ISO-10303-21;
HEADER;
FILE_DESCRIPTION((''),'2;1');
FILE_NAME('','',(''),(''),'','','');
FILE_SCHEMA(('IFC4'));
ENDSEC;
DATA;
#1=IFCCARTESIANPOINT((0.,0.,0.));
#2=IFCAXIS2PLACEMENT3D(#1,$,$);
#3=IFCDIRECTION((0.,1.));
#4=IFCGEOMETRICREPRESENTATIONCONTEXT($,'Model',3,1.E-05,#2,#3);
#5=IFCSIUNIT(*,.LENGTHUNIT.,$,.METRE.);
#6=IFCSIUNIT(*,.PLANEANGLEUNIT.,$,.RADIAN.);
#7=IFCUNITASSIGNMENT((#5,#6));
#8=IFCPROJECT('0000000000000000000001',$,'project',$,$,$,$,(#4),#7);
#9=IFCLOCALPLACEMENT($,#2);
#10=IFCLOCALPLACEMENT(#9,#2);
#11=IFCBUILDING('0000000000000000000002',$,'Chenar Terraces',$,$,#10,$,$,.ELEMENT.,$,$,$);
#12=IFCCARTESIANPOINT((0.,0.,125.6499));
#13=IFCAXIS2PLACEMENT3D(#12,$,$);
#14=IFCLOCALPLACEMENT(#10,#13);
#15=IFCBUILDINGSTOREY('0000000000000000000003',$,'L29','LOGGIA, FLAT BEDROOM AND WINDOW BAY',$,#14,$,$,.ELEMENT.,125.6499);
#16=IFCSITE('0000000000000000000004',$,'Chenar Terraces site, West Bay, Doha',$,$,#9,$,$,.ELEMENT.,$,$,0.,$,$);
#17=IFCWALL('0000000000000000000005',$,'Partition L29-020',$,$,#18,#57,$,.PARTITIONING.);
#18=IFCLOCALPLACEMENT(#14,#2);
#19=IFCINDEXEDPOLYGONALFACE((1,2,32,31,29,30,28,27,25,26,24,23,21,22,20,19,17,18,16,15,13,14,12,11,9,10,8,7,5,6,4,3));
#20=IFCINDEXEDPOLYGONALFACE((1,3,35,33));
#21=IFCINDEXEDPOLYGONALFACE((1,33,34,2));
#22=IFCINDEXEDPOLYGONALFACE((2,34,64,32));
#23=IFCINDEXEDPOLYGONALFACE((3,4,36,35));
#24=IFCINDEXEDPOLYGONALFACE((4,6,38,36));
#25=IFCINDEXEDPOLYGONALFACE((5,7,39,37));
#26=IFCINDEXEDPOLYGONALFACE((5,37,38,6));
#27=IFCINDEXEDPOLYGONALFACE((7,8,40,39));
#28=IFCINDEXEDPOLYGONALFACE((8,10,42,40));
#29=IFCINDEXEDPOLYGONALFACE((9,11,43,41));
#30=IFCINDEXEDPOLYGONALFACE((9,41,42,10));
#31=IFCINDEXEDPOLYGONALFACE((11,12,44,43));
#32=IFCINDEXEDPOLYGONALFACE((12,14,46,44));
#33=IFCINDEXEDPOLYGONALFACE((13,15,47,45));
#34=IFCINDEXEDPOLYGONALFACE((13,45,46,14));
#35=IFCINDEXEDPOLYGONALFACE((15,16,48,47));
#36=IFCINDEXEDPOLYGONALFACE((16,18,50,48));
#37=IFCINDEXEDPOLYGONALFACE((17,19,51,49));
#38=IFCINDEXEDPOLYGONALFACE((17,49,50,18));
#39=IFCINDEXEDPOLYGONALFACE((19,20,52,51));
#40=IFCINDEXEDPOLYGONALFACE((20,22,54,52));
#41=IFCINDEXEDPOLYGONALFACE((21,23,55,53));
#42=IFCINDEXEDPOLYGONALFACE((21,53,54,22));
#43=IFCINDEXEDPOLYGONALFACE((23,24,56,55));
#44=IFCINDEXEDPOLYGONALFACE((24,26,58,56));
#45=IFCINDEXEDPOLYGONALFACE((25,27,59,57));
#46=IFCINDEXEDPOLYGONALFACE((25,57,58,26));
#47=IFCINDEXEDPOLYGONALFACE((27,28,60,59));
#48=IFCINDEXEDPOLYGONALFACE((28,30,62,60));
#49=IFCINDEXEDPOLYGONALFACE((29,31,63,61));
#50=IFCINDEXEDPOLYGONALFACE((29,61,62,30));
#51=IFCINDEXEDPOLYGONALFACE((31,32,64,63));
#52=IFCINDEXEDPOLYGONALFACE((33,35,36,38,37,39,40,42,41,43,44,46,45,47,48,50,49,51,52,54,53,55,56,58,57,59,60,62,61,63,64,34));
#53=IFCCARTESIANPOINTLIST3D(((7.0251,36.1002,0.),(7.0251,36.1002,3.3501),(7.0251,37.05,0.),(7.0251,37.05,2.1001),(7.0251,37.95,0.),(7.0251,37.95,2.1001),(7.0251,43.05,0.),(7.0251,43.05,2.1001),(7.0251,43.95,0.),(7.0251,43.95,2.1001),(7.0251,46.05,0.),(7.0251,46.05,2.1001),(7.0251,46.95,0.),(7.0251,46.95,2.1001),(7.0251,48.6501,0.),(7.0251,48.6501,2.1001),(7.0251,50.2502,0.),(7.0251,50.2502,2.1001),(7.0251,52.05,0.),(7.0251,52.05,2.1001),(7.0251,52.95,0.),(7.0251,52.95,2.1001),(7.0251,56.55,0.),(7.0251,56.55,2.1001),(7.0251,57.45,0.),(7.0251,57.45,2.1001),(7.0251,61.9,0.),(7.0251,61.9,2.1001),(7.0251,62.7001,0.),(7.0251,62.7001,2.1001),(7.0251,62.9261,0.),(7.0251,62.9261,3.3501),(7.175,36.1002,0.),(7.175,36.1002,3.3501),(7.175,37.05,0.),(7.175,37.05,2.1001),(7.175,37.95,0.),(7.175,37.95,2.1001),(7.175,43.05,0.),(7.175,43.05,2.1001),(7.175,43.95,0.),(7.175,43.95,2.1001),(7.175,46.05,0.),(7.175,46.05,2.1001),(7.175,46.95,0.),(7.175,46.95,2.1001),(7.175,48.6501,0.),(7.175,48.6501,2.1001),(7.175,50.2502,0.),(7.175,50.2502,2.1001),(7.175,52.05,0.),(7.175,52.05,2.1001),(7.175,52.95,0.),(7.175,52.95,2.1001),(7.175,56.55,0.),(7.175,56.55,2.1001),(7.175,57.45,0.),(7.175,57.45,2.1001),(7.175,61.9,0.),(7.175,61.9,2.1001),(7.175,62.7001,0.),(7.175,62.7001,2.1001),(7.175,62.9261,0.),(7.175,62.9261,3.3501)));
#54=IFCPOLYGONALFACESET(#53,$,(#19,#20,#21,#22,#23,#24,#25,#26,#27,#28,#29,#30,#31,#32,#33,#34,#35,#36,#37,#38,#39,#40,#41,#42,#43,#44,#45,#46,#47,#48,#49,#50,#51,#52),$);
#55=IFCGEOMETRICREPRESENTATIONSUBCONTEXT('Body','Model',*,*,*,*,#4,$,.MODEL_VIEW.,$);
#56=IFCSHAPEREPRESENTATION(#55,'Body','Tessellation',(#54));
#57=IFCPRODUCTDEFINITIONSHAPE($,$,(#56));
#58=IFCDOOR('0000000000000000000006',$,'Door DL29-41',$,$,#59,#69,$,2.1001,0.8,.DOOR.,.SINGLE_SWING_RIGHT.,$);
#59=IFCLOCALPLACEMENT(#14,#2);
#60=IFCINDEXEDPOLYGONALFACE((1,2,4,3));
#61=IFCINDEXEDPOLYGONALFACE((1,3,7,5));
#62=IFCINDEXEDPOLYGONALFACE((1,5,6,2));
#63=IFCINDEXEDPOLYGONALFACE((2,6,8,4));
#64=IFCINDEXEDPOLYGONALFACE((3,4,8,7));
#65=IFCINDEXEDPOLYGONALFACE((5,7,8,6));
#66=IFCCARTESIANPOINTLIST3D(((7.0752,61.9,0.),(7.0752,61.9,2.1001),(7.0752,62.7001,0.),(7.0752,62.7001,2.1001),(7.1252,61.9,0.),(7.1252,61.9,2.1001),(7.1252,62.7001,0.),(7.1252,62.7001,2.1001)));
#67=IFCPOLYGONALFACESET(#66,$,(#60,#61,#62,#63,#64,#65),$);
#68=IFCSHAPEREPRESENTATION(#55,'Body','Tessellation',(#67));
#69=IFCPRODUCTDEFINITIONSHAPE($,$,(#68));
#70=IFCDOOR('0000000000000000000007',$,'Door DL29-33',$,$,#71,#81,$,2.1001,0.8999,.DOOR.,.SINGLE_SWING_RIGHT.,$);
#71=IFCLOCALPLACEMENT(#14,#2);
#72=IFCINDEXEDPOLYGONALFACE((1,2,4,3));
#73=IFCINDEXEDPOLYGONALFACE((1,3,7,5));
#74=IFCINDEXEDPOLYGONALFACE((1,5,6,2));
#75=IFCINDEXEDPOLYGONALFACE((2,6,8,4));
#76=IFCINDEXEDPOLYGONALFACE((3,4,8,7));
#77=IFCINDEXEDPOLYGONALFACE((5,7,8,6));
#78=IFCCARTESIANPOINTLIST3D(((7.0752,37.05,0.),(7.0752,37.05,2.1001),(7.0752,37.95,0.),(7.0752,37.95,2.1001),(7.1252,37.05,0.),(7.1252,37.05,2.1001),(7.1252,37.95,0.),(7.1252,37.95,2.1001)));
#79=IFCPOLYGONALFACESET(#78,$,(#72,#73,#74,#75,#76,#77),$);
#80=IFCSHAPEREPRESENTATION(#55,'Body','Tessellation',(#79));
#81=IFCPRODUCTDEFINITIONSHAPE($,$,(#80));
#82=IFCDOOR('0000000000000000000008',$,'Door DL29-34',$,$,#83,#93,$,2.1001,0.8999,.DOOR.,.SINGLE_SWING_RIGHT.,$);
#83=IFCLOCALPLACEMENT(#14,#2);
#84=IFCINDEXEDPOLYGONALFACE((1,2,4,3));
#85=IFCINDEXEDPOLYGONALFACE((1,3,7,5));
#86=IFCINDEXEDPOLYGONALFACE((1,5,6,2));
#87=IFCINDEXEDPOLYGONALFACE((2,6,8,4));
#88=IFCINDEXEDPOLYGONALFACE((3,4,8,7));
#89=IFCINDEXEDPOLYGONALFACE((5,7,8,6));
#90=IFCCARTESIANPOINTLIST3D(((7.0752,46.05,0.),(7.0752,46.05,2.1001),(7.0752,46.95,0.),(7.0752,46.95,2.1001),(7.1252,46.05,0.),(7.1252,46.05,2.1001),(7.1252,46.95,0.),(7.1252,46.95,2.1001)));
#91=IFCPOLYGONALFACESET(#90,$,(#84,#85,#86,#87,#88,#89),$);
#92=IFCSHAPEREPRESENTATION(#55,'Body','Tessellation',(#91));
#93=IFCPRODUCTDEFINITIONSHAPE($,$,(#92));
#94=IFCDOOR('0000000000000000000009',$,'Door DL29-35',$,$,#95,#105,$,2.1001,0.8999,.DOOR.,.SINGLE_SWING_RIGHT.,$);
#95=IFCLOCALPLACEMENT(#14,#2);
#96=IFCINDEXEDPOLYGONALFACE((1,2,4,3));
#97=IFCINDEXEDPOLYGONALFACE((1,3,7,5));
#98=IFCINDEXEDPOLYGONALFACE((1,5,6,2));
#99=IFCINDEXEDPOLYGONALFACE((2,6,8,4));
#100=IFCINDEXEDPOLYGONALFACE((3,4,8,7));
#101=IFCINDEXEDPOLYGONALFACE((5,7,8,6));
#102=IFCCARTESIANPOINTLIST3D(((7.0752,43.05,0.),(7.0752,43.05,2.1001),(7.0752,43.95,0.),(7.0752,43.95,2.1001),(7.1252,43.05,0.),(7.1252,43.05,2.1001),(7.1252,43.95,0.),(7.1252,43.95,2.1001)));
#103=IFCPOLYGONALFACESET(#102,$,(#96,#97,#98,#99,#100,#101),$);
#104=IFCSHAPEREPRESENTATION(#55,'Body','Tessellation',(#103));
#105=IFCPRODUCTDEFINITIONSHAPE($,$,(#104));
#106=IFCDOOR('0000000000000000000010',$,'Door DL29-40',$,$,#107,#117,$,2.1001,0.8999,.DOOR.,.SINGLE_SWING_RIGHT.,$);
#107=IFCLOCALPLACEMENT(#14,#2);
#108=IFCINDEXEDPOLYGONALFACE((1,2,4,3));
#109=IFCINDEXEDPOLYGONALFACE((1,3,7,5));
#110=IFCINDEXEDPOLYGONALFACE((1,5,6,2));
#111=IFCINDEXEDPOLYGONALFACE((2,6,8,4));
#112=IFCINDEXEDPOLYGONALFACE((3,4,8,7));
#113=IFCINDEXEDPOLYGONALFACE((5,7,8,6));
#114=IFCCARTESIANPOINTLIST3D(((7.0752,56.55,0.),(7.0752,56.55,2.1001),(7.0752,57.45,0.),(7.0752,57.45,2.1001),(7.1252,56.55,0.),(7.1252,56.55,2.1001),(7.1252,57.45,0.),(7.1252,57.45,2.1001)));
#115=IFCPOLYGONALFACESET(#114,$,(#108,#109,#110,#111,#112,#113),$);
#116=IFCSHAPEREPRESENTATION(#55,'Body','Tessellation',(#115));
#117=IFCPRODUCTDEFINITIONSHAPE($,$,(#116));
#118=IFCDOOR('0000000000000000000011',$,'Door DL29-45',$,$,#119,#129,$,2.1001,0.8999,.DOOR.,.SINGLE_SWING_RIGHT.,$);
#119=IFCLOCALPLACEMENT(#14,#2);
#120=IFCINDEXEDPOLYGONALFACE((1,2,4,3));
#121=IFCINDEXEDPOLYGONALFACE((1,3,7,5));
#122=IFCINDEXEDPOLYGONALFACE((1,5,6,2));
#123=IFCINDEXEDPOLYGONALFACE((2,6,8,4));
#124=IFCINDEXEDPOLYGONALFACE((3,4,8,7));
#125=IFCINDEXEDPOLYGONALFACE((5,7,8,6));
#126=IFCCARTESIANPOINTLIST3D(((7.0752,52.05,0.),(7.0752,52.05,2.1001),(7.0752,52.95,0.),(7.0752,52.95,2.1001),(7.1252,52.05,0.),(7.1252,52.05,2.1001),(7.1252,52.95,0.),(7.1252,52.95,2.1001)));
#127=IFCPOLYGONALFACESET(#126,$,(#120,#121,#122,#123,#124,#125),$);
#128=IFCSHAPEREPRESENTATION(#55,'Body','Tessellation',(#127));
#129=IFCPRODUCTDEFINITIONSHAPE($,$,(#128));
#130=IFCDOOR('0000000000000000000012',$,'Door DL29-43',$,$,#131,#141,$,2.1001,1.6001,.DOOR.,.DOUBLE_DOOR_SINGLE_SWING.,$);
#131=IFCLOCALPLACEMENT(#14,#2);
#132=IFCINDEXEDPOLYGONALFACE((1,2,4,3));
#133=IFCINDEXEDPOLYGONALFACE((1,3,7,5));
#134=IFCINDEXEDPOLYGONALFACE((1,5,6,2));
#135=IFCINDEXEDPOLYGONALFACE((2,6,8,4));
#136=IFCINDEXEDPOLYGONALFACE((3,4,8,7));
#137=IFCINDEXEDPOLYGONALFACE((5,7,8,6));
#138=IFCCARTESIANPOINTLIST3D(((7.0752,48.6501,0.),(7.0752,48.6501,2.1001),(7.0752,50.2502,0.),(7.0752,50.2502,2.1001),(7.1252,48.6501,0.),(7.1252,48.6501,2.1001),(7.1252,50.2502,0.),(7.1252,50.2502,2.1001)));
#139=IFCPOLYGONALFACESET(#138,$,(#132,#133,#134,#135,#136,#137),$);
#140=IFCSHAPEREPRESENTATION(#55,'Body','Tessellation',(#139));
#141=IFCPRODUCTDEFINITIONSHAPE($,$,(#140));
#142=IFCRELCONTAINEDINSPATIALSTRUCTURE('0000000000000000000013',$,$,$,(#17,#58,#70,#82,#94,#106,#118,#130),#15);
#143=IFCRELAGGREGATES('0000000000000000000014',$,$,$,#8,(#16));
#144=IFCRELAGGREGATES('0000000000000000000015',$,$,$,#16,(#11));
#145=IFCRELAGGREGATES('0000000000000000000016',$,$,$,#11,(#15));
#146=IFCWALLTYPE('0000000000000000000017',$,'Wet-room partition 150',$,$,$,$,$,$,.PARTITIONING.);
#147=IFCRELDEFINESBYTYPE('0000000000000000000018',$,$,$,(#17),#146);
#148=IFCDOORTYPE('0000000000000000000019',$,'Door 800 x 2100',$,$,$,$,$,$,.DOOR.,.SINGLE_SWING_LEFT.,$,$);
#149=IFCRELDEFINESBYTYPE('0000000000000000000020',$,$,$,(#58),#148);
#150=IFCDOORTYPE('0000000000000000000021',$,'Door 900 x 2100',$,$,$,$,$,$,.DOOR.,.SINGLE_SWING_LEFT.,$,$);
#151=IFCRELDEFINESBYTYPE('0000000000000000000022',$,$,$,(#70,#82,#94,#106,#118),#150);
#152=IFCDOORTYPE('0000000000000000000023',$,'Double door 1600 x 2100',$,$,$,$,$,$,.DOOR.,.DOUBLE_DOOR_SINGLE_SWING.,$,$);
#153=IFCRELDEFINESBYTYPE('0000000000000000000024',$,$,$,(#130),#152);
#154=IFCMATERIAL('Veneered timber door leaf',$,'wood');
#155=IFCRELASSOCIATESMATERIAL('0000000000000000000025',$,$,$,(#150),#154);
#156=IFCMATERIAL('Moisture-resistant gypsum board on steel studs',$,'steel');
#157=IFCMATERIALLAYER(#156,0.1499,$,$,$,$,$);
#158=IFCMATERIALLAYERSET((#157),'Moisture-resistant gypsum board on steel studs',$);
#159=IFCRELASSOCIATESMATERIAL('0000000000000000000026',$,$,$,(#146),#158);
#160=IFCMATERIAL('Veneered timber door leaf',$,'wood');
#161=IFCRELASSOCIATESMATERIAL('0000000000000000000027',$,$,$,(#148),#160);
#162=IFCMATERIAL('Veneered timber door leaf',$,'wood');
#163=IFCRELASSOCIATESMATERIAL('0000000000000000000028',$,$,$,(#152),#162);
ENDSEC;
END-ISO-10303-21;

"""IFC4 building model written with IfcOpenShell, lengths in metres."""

from ifc_helpers import new_model, si_unit, direction, frame, frame_2d, origin, place, context, subcontext, project, spatial, rectangle, extrude, material, layer, layer_set, type_object, element, fill, save


model = new_model("IFC4")

# Units and contexts
model_context = context("Model", 3, precision=1e-05, world=origin(), true_north=direction((0.0, 1.0)))
body_context = subcontext(model_context, "Body", "Model", "MODEL_VIEW")
ifc_project = project(units=[si_unit("LENGTHUNIT", "METRE"), si_unit("PLANEANGLEUNIT", "RADIAN")], contexts=[model_context])

# Site, building, storey
site_placement = place(None, origin())
site = spatial("IfcSite", under=ifc_project, at=site_placement, Name="Chenar Terraces site, West Bay, Doha", CompositionType="ELEMENT", RefElevation=0.0)
building_placement = place(site_placement, origin())
building = spatial("IfcBuilding", under=site, at=building_placement, Name="Chenar Terraces", CompositionType="ELEMENT")
storey_placement = place(building_placement, frame((0.0, 0.0, 125.6499)))
storey = spatial("IfcBuildingStorey", under=building, at=storey_placement, Name="L29", Description="LOGGIA, FLAT BEDROOM AND WINDOW BAY", CompositionType="ELEMENT", Elevation=125.6499)

# Shared definitions
ifc_material_1 = material(Name="Veneered timber door leaf", Category="wood")
door_type_1 = type_object("IfcDoorType", Name="Door 900 x 2100", OperationType="SINGLE_SWING_LEFT", PredefinedType="DOOR", material=ifc_material_1)

# Shared definitions
ifc_material_2 = material(Name="Moisture-resistant gypsum board on steel studs", Category="steel")
ifc_layer_1 = layer(ifc_material_2, 0.1499)
ifc_layer_set_1 = layer_set([ifc_layer_1], Name="Moisture-resistant gypsum board on steel studs")
wall_type_1 = type_object("IfcWallType", Name="Wet-room partition 150", PredefinedType="PARTITIONING", material=ifc_layer_set_1)

# Wall, openings, doors
wall_1_placement = place(storey_placement, frame((7.1001, 36.1001, 0.0), z_axis=(0.0, 0.0, 1.0), x_axis=(0.0, 1.0, 0.0)))
wall_1 = element("IfcWall", 1, at=wall_1_placement, inside=storey, type_object=wall_type_1, Name="Partition L29-020", PredefinedType="PARTITIONING", context=body_context, shape_type="SweptSolid", body=[
    extrude(rectangle(XDim=26.8259, YDim=0.1499, at=frame_2d((13.4131, 0.0))), origin(), (0.0, 0.0, 1.0), 3.3501),
])
opening_1_placement = place(wall_1_placement, frame((0.95, 0.0, 0.0)))
opening_1 = element("IfcOpeningElement", 2, at=opening_1_placement, cuts=wall_1, PredefinedType="OPENING", context=body_context, shape_type="SweptSolid", body=[
    extrude(rectangle(XDim=0.8999, YDim=2.1001, at=frame_2d((0.45, 1.05))), frame((0.0, 0.085, 0.0), z_axis=(0.0, -1.0, 0.0), x_axis=(1.0, 0.0, 0.0)), (0.0, 0.0, 1.0), 0.1699),
])
opening_2_placement = place(wall_1_placement, frame((9.95, 0.0, 0.0)))
opening_2 = element("IfcOpeningElement", 3, at=opening_2_placement, cuts=wall_1, PredefinedType="OPENING", context=body_context, shape_type="SweptSolid", body=[
    extrude(rectangle(XDim=0.8999, YDim=2.1001, at=frame_2d((0.45, 1.05))), frame((0.0, 0.085, 0.0), z_axis=(0.0, -1.0, 0.0), x_axis=(1.0, 0.0, 0.0)), (0.0, 0.0, 1.0), 0.1699),
])
opening_3_placement = place(wall_1_placement, frame((6.95, 0.0, 0.0)))
opening_3 = element("IfcOpeningElement", 4, at=opening_3_placement, cuts=wall_1, PredefinedType="OPENING", context=body_context, shape_type="SweptSolid", body=[
    extrude(rectangle(XDim=0.8999, YDim=2.1001, at=frame_2d((0.45, 1.05))), frame((0.0, 0.085, 0.0), z_axis=(0.0, -1.0, 0.0), x_axis=(1.0, 0.0, 0.0)), (0.0, 0.0, 1.0), 0.1699),
])
opening_4_placement = place(wall_1_placement, frame((20.45, 0.0, 0.0)))
opening_4 = element("IfcOpeningElement", 5, at=opening_4_placement, cuts=wall_1, PredefinedType="OPENING", context=body_context, shape_type="SweptSolid", body=[
    extrude(rectangle(XDim=0.8999, YDim=2.1001, at=frame_2d((0.45, 1.05))), frame((0.0, 0.085, 0.0), z_axis=(0.0, -1.0, 0.0), x_axis=(1.0, 0.0, 0.0)), (0.0, 0.0, 1.0), 0.1699),
])
opening_5_placement = place(wall_1_placement, frame((25.8, 0.0, 0.0)))
opening_5 = element("IfcOpeningElement", 6, at=opening_5_placement, cuts=wall_1, PredefinedType="OPENING", context=body_context, shape_type="SweptSolid", body=[
    extrude(rectangle(XDim=0.8, YDim=2.1001, at=frame_2d((0.3999, 1.05))), frame((0.0, 0.085, 0.0), z_axis=(0.0, -1.0, 0.0), x_axis=(1.0, 0.0, 0.0)), (0.0, 0.0, 1.0), 0.1699),
])
opening_6_placement = place(wall_1_placement, frame((12.55, 0.0, 0.0)))
opening_6 = element("IfcOpeningElement", 7, at=opening_6_placement, cuts=wall_1, PredefinedType="OPENING", context=body_context, shape_type="SweptSolid", body=[
    extrude(rectangle(XDim=1.6001, YDim=2.1001, at=frame_2d((0.8, 1.05))), frame((0.0, 0.085, 0.0), z_axis=(0.0, -1.0, 0.0), x_axis=(1.0, 0.0, 0.0)), (0.0, 0.0, 1.0), 0.1699),
])
opening_7_placement = place(wall_1_placement, frame((15.95, 0.0, 0.0)))
opening_7 = element("IfcOpeningElement", 8, at=opening_7_placement, cuts=wall_1, PredefinedType="OPENING", context=body_context, shape_type="SweptSolid", body=[
    extrude(rectangle(XDim=0.8999, YDim=2.1001, at=frame_2d((0.45, 1.05))), frame((0.0, 0.085, 0.0), z_axis=(0.0, -1.0, 0.0), x_axis=(1.0, 0.0, 0.0)), (0.0, 0.0, 1.0), 0.1699),
])
ifc_material_3 = material(Name="Veneered timber door leaf", Category="wood")
door_type_2 = type_object("IfcDoorType", Name="Door 800 x 2100", OperationType="SINGLE_SWING_LEFT", PredefinedType="DOOR", material=ifc_material_3)
door_1_placement = place(opening_5_placement, origin())
door_1 = element("IfcDoor", 9, at=door_1_placement, inside=storey, type_object=door_type_2, Name="Door DL29-41", OperationType="SINGLE_SWING_RIGHT", OverallHeight=2.1001, OverallWidth=0.8, PredefinedType="DOOR", context=body_context, shape_type="SweptSolid", body=[
    extrude(rectangle(XDim=0.8, YDim=2.1001, at=frame_2d((0.3999, 1.05))), frame((0.0, 0.0249, 0.0), z_axis=(0.0, -1.0, 0.0), x_axis=(1.0, 0.0, 0.0)), (0.0, 0.0, 1.0), 0.05),
])
fill(opening_5, door_1)
door_2_placement = place(opening_1_placement, origin())
door_2 = element("IfcDoor", 10, at=door_2_placement, inside=storey, type_object=door_type_1, Name="Door DL29-33", OperationType="SINGLE_SWING_RIGHT", OverallHeight=2.1001, OverallWidth=0.8999, PredefinedType="DOOR", context=body_context, shape_type="SweptSolid", body=[
    extrude(rectangle(XDim=0.8999, YDim=2.1001, at=frame_2d((0.45, 1.05))), frame((0.0, 0.0249, 0.0), z_axis=(0.0, -1.0, 0.0), x_axis=(1.0, 0.0, 0.0)), (0.0, 0.0, 1.0), 0.05),
])
fill(opening_1, door_2)
door_3_placement = place(opening_2_placement, origin())
door_3 = element("IfcDoor", 11, at=door_3_placement, inside=storey, type_object=door_type_1, Name="Door DL29-34", OperationType="SINGLE_SWING_RIGHT", OverallHeight=2.1001, OverallWidth=0.8999, PredefinedType="DOOR", context=body_context, shape_type="SweptSolid", body=[
    extrude(rectangle(XDim=0.8999, YDim=2.1001, at=frame_2d((0.45, 1.05))), frame((0.0, 0.0249, 0.0), z_axis=(0.0, -1.0, 0.0), x_axis=(1.0, 0.0, 0.0)), (0.0, 0.0, 1.0), 0.05),
])
fill(opening_2, door_3)
door_4_placement = place(opening_3_placement, origin())
door_4 = element("IfcDoor", 12, at=door_4_placement, inside=storey, type_object=door_type_1, Name="Door DL29-35", OperationType="SINGLE_SWING_RIGHT", OverallHeight=2.1001, OverallWidth=0.8999, PredefinedType="DOOR", context=body_context, shape_type="SweptSolid", body=[
    extrude(rectangle(XDim=0.8999, YDim=2.1001, at=frame_2d((0.45, 1.05))), frame((0.0, 0.0249, 0.0), z_axis=(0.0, -1.0, 0.0), x_axis=(1.0, 0.0, 0.0)), (0.0, 0.0, 1.0), 0.05),
])
fill(opening_3, door_4)
door_5_placement = place(opening_4_placement, origin())
door_5 = element("IfcDoor", 13, at=door_5_placement, inside=storey, type_object=door_type_1, Name="Door DL29-40", OperationType="SINGLE_SWING_RIGHT", OverallHeight=2.1001, OverallWidth=0.8999, PredefinedType="DOOR", context=body_context, shape_type="SweptSolid", body=[
    extrude(rectangle(XDim=0.8999, YDim=2.1001, at=frame_2d((0.45, 1.05))), frame((0.0, 0.0249, 0.0), z_axis=(0.0, -1.0, 0.0), x_axis=(1.0, 0.0, 0.0)), (0.0, 0.0, 1.0), 0.05),
])
fill(opening_4, door_5)
door_6_placement = place(opening_7_placement, origin())
door_6 = element("IfcDoor", 14, at=door_6_placement, inside=storey, type_object=door_type_1, Name="Door DL29-45", OperationType="SINGLE_SWING_RIGHT", OverallHeight=2.1001, OverallWidth=0.8999, PredefinedType="DOOR", context=body_context, shape_type="SweptSolid", body=[
    extrude(rectangle(XDim=0.8999, YDim=2.1001, at=frame_2d((0.45, 1.05))), frame((0.0, 0.0249, 0.0), z_axis=(0.0, -1.0, 0.0), x_axis=(1.0, 0.0, 0.0)), (0.0, 0.0, 1.0), 0.05),
])
fill(opening_7, door_6)
ifc_material_4 = material(Name="Veneered timber door leaf", Category="wood")
door_type_3 = type_object("IfcDoorType", Name="Double door 1600 x 2100", OperationType="DOUBLE_DOOR_SINGLE_SWING", PredefinedType="DOOR", material=ifc_material_4)
door_7_placement = place(opening_6_placement, origin())
door_7 = element("IfcDoor", 15, at=door_7_placement, inside=storey, type_object=door_type_3, Name="Door DL29-43", OperationType="DOUBLE_DOOR_SINGLE_SWING", OverallHeight=2.1001, OverallWidth=1.6001, PredefinedType="DOOR", context=body_context, shape_type="SweptSolid", body=[
    extrude(rectangle(XDim=1.6001, YDim=2.1001, at=frame_2d((0.8, 1.05))), frame((0.0, 0.0249, 0.0), z_axis=(0.0, -1.0, 0.0), x_axis=(1.0, 0.0, 0.0)), (0.0, 0.0, 1.0), 0.05),
])
fill(opening_6, door_7)

save(model, "model.ifc")
